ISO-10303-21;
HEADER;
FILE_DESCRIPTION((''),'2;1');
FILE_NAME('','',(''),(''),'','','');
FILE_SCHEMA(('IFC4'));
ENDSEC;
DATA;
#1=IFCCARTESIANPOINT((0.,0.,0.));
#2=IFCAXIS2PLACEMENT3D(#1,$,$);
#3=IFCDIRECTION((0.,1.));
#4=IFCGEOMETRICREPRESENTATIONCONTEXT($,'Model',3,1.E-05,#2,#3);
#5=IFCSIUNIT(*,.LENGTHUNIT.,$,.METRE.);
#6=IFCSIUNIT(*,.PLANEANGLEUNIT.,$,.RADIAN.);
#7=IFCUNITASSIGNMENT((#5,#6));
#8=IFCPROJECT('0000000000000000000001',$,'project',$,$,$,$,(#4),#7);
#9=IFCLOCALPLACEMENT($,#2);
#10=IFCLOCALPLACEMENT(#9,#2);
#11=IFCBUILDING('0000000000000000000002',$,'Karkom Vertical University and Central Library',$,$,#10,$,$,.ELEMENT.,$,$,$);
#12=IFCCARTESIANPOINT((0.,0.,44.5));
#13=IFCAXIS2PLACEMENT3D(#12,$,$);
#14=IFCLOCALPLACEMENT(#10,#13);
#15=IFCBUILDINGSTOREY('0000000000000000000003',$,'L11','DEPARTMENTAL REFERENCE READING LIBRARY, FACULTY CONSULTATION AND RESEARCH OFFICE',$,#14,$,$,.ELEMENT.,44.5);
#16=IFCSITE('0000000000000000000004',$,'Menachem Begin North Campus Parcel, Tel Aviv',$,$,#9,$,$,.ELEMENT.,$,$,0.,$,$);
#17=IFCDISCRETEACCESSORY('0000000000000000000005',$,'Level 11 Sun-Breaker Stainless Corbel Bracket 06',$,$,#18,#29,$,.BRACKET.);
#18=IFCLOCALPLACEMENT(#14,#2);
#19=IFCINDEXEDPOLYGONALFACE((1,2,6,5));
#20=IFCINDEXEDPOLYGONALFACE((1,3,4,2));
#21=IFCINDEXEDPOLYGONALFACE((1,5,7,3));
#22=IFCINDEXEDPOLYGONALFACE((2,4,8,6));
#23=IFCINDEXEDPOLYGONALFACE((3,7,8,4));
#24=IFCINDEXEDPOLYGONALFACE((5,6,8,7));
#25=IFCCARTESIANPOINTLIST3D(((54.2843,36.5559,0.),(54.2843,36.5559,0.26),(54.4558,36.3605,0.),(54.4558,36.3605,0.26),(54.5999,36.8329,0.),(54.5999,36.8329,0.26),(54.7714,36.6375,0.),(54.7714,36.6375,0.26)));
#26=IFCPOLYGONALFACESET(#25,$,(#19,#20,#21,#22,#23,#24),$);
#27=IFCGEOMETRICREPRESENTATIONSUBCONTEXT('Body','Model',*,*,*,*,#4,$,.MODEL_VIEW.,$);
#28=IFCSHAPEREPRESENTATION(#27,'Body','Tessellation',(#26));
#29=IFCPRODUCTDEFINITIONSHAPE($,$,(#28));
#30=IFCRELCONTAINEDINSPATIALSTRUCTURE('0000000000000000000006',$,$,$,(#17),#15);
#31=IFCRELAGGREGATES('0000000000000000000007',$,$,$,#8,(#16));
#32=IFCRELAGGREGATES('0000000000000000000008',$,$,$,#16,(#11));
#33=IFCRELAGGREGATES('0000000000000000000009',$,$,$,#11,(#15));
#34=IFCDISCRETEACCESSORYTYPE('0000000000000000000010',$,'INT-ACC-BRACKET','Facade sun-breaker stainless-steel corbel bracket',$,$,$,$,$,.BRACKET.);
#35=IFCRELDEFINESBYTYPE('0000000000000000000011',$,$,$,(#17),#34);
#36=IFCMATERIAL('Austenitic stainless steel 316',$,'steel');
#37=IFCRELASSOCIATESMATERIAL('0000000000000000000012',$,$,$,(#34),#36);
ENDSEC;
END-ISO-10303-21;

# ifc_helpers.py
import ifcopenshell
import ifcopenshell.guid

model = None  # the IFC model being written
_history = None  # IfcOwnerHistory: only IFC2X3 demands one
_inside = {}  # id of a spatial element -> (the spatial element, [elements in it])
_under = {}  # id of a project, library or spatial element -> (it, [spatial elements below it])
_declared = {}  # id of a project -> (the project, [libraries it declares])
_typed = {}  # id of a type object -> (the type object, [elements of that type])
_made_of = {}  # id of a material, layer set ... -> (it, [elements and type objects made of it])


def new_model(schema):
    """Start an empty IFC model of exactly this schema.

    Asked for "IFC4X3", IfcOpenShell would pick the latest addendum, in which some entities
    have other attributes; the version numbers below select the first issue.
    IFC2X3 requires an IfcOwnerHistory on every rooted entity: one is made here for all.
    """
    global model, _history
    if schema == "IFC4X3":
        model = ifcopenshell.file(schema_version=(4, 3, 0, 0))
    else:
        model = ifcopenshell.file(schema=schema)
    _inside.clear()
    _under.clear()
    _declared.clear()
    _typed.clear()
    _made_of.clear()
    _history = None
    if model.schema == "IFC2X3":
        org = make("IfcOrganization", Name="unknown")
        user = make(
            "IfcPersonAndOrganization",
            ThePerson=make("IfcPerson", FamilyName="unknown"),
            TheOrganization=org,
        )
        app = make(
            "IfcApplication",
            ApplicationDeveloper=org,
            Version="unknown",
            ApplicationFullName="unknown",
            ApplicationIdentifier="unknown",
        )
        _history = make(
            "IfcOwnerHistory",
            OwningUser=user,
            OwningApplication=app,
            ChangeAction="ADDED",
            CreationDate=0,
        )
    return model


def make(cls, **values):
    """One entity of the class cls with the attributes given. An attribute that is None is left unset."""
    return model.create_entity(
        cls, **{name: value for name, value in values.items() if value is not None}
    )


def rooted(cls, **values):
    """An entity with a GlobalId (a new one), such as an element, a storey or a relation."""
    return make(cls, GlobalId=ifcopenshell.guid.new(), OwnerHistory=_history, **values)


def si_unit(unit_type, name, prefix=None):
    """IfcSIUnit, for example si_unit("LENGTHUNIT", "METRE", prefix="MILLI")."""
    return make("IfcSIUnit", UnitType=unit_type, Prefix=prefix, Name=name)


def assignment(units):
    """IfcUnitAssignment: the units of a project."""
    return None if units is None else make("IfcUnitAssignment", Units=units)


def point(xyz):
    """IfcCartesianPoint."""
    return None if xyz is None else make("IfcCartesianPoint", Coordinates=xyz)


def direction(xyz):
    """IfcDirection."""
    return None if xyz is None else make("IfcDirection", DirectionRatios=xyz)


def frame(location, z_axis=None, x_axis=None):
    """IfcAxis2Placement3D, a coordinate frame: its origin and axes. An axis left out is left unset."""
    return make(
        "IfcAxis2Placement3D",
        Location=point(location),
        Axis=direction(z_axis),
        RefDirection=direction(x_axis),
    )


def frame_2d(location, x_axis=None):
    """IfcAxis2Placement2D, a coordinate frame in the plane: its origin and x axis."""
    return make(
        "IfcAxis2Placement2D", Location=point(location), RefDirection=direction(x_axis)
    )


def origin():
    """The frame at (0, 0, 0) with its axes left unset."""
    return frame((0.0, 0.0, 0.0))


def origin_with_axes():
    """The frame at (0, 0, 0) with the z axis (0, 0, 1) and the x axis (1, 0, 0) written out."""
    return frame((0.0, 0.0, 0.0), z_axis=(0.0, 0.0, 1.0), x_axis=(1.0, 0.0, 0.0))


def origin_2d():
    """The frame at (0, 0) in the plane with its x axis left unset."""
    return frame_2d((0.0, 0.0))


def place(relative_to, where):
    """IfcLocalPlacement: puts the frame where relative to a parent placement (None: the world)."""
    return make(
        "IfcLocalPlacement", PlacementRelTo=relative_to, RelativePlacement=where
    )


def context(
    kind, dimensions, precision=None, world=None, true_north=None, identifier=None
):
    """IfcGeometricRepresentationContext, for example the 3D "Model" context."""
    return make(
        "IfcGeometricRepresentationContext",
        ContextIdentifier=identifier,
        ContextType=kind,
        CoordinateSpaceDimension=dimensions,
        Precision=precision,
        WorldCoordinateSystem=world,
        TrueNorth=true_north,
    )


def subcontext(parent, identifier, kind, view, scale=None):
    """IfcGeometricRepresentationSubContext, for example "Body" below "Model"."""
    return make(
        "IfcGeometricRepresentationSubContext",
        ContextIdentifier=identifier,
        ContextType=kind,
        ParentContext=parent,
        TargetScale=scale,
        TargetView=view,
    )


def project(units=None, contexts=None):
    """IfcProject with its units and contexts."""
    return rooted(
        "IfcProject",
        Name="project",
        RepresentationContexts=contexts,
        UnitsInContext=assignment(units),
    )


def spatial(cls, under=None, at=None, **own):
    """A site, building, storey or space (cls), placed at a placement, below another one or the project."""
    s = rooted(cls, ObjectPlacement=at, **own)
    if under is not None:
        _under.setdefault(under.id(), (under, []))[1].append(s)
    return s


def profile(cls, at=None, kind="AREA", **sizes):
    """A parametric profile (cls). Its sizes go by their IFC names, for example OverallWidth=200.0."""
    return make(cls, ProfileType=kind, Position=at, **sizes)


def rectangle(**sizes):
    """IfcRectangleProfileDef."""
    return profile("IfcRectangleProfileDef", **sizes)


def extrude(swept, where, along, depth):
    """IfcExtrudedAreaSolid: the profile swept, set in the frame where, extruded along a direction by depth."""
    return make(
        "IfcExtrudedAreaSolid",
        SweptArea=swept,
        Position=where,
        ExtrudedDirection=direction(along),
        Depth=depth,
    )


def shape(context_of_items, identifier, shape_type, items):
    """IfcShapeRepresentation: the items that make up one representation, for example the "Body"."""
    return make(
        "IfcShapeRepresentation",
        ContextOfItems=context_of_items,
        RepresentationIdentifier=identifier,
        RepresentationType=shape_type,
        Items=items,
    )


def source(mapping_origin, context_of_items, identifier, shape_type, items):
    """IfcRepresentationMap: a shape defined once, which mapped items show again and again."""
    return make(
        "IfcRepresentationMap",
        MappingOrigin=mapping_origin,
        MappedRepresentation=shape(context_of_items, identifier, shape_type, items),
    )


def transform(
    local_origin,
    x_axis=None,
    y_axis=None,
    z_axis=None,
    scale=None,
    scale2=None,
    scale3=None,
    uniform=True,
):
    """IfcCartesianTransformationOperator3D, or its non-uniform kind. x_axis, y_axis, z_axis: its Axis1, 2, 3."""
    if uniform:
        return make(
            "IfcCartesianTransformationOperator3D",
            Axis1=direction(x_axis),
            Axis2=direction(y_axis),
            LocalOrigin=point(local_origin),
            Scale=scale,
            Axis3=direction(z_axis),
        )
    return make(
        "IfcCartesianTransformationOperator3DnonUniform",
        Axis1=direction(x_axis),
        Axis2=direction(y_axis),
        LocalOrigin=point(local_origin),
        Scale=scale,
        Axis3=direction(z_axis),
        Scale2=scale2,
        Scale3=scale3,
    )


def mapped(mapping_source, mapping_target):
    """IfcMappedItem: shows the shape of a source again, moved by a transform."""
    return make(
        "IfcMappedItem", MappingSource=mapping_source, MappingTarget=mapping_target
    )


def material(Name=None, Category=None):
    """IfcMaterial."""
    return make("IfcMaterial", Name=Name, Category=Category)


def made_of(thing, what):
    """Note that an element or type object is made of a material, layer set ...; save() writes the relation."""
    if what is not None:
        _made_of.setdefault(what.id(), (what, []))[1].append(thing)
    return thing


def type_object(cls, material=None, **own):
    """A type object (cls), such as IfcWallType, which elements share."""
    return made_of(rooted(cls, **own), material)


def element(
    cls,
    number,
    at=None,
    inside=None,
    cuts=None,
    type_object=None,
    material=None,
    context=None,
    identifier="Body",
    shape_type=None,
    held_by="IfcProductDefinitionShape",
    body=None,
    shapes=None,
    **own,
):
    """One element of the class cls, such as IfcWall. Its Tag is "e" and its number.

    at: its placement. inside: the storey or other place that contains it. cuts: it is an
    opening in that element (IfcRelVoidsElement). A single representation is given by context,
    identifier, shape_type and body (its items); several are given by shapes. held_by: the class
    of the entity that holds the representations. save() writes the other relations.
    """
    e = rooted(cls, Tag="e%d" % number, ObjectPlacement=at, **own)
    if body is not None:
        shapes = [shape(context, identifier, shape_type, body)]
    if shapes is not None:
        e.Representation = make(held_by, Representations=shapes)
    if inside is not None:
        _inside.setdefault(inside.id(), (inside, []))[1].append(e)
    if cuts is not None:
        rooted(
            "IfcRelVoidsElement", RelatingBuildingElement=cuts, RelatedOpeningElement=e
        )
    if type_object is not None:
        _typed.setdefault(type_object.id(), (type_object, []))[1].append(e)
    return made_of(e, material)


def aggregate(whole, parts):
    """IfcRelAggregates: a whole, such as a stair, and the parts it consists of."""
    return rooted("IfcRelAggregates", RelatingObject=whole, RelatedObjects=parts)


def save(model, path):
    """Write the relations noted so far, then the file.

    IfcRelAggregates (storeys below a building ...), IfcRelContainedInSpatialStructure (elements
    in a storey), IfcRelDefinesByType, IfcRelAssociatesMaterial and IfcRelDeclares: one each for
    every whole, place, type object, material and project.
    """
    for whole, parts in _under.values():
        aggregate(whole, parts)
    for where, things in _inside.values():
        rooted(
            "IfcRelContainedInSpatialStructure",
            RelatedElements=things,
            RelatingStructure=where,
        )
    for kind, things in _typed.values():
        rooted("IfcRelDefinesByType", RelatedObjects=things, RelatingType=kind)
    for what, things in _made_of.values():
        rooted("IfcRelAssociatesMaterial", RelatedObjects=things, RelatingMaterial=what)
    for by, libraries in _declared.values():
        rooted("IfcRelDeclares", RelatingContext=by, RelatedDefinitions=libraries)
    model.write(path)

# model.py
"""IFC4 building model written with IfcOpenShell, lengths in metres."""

from ifc_helpers import new_model, si_unit, direction, frame, origin, origin_with_axes, origin_2d, place, context, subcontext, project, spatial, rectangle, extrude, source, transform, mapped, material, type_object, element, save


model = new_model("IFC4")

# Units and contexts
model_context = context("Model", 3, precision=1e-05, world=origin(), true_north=direction((0.0, 1.0)))
body_context = subcontext(model_context, "Body", "Model", "MODEL_VIEW")
ifc_project = project(units=[si_unit("LENGTHUNIT", "METRE"), si_unit("PLANEANGLEUNIT", "RADIAN")], contexts=[model_context])

# Site, building, storey
site_placement = place(None, origin())
site = spatial("IfcSite", under=ifc_project, at=site_placement, Name="Menachem Begin North Campus Parcel, Tel Aviv", CompositionType="ELEMENT", RefElevation=0.0)
building_placement = place(site_placement, origin())
building = spatial("IfcBuilding", under=site, at=building_placement, Name="Karkom Vertical University and Central Library", CompositionType="ELEMENT")
storey_placement = place(building_placement, frame((0.0, 0.0, 44.5)))
storey = spatial("IfcBuildingStorey", under=building, at=storey_placement, Name="L11", Description="DEPARTMENTAL REFERENCE READING LIBRARY, FACULTY CONSULTATION AND RESEARCH OFFICE", CompositionType="ELEMENT", Elevation=44.5)

# Discrete accessory
ifc_material_1 = material(Name="Austenitic stainless steel 316", Category="steel")
discrete_accessory_type = type_object("IfcDiscreteAccessoryType", Name="INT-ACC-BRACKET", Description="Facade sun-breaker stainless-steel corbel bracket", PredefinedType="BRACKET", material=ifc_material_1)
shared_shape_1 = source(origin_with_axes(), body_context, "Body", "SweptSolid", [
    extrude(rectangle(XDim=0.26, YDim=0.4199, at=origin_2d()), origin(), (0.0, 0.0, 1.0), 0.26),
])
discrete_accessory_placement = place(storey_placement, frame((54.5278, 36.5967, 0.0), z_axis=(0.0, 0.0, 1.0), x_axis=(-0.659608, 0.75161, 0.0)))
element("IfcDiscreteAccessory", 1, at=discrete_accessory_placement, inside=storey, type_object=discrete_accessory_type, Name="Level 11 Sun-Breaker Stainless Corbel Bracket 06", PredefinedType="BRACKET", context=body_context, shape_type="MappedRepresentation", body=[
    mapped(shared_shape_1, transform((0.0, 0.0, 0.0), scale=1.0)),
])

save(model, "model.ifc")
